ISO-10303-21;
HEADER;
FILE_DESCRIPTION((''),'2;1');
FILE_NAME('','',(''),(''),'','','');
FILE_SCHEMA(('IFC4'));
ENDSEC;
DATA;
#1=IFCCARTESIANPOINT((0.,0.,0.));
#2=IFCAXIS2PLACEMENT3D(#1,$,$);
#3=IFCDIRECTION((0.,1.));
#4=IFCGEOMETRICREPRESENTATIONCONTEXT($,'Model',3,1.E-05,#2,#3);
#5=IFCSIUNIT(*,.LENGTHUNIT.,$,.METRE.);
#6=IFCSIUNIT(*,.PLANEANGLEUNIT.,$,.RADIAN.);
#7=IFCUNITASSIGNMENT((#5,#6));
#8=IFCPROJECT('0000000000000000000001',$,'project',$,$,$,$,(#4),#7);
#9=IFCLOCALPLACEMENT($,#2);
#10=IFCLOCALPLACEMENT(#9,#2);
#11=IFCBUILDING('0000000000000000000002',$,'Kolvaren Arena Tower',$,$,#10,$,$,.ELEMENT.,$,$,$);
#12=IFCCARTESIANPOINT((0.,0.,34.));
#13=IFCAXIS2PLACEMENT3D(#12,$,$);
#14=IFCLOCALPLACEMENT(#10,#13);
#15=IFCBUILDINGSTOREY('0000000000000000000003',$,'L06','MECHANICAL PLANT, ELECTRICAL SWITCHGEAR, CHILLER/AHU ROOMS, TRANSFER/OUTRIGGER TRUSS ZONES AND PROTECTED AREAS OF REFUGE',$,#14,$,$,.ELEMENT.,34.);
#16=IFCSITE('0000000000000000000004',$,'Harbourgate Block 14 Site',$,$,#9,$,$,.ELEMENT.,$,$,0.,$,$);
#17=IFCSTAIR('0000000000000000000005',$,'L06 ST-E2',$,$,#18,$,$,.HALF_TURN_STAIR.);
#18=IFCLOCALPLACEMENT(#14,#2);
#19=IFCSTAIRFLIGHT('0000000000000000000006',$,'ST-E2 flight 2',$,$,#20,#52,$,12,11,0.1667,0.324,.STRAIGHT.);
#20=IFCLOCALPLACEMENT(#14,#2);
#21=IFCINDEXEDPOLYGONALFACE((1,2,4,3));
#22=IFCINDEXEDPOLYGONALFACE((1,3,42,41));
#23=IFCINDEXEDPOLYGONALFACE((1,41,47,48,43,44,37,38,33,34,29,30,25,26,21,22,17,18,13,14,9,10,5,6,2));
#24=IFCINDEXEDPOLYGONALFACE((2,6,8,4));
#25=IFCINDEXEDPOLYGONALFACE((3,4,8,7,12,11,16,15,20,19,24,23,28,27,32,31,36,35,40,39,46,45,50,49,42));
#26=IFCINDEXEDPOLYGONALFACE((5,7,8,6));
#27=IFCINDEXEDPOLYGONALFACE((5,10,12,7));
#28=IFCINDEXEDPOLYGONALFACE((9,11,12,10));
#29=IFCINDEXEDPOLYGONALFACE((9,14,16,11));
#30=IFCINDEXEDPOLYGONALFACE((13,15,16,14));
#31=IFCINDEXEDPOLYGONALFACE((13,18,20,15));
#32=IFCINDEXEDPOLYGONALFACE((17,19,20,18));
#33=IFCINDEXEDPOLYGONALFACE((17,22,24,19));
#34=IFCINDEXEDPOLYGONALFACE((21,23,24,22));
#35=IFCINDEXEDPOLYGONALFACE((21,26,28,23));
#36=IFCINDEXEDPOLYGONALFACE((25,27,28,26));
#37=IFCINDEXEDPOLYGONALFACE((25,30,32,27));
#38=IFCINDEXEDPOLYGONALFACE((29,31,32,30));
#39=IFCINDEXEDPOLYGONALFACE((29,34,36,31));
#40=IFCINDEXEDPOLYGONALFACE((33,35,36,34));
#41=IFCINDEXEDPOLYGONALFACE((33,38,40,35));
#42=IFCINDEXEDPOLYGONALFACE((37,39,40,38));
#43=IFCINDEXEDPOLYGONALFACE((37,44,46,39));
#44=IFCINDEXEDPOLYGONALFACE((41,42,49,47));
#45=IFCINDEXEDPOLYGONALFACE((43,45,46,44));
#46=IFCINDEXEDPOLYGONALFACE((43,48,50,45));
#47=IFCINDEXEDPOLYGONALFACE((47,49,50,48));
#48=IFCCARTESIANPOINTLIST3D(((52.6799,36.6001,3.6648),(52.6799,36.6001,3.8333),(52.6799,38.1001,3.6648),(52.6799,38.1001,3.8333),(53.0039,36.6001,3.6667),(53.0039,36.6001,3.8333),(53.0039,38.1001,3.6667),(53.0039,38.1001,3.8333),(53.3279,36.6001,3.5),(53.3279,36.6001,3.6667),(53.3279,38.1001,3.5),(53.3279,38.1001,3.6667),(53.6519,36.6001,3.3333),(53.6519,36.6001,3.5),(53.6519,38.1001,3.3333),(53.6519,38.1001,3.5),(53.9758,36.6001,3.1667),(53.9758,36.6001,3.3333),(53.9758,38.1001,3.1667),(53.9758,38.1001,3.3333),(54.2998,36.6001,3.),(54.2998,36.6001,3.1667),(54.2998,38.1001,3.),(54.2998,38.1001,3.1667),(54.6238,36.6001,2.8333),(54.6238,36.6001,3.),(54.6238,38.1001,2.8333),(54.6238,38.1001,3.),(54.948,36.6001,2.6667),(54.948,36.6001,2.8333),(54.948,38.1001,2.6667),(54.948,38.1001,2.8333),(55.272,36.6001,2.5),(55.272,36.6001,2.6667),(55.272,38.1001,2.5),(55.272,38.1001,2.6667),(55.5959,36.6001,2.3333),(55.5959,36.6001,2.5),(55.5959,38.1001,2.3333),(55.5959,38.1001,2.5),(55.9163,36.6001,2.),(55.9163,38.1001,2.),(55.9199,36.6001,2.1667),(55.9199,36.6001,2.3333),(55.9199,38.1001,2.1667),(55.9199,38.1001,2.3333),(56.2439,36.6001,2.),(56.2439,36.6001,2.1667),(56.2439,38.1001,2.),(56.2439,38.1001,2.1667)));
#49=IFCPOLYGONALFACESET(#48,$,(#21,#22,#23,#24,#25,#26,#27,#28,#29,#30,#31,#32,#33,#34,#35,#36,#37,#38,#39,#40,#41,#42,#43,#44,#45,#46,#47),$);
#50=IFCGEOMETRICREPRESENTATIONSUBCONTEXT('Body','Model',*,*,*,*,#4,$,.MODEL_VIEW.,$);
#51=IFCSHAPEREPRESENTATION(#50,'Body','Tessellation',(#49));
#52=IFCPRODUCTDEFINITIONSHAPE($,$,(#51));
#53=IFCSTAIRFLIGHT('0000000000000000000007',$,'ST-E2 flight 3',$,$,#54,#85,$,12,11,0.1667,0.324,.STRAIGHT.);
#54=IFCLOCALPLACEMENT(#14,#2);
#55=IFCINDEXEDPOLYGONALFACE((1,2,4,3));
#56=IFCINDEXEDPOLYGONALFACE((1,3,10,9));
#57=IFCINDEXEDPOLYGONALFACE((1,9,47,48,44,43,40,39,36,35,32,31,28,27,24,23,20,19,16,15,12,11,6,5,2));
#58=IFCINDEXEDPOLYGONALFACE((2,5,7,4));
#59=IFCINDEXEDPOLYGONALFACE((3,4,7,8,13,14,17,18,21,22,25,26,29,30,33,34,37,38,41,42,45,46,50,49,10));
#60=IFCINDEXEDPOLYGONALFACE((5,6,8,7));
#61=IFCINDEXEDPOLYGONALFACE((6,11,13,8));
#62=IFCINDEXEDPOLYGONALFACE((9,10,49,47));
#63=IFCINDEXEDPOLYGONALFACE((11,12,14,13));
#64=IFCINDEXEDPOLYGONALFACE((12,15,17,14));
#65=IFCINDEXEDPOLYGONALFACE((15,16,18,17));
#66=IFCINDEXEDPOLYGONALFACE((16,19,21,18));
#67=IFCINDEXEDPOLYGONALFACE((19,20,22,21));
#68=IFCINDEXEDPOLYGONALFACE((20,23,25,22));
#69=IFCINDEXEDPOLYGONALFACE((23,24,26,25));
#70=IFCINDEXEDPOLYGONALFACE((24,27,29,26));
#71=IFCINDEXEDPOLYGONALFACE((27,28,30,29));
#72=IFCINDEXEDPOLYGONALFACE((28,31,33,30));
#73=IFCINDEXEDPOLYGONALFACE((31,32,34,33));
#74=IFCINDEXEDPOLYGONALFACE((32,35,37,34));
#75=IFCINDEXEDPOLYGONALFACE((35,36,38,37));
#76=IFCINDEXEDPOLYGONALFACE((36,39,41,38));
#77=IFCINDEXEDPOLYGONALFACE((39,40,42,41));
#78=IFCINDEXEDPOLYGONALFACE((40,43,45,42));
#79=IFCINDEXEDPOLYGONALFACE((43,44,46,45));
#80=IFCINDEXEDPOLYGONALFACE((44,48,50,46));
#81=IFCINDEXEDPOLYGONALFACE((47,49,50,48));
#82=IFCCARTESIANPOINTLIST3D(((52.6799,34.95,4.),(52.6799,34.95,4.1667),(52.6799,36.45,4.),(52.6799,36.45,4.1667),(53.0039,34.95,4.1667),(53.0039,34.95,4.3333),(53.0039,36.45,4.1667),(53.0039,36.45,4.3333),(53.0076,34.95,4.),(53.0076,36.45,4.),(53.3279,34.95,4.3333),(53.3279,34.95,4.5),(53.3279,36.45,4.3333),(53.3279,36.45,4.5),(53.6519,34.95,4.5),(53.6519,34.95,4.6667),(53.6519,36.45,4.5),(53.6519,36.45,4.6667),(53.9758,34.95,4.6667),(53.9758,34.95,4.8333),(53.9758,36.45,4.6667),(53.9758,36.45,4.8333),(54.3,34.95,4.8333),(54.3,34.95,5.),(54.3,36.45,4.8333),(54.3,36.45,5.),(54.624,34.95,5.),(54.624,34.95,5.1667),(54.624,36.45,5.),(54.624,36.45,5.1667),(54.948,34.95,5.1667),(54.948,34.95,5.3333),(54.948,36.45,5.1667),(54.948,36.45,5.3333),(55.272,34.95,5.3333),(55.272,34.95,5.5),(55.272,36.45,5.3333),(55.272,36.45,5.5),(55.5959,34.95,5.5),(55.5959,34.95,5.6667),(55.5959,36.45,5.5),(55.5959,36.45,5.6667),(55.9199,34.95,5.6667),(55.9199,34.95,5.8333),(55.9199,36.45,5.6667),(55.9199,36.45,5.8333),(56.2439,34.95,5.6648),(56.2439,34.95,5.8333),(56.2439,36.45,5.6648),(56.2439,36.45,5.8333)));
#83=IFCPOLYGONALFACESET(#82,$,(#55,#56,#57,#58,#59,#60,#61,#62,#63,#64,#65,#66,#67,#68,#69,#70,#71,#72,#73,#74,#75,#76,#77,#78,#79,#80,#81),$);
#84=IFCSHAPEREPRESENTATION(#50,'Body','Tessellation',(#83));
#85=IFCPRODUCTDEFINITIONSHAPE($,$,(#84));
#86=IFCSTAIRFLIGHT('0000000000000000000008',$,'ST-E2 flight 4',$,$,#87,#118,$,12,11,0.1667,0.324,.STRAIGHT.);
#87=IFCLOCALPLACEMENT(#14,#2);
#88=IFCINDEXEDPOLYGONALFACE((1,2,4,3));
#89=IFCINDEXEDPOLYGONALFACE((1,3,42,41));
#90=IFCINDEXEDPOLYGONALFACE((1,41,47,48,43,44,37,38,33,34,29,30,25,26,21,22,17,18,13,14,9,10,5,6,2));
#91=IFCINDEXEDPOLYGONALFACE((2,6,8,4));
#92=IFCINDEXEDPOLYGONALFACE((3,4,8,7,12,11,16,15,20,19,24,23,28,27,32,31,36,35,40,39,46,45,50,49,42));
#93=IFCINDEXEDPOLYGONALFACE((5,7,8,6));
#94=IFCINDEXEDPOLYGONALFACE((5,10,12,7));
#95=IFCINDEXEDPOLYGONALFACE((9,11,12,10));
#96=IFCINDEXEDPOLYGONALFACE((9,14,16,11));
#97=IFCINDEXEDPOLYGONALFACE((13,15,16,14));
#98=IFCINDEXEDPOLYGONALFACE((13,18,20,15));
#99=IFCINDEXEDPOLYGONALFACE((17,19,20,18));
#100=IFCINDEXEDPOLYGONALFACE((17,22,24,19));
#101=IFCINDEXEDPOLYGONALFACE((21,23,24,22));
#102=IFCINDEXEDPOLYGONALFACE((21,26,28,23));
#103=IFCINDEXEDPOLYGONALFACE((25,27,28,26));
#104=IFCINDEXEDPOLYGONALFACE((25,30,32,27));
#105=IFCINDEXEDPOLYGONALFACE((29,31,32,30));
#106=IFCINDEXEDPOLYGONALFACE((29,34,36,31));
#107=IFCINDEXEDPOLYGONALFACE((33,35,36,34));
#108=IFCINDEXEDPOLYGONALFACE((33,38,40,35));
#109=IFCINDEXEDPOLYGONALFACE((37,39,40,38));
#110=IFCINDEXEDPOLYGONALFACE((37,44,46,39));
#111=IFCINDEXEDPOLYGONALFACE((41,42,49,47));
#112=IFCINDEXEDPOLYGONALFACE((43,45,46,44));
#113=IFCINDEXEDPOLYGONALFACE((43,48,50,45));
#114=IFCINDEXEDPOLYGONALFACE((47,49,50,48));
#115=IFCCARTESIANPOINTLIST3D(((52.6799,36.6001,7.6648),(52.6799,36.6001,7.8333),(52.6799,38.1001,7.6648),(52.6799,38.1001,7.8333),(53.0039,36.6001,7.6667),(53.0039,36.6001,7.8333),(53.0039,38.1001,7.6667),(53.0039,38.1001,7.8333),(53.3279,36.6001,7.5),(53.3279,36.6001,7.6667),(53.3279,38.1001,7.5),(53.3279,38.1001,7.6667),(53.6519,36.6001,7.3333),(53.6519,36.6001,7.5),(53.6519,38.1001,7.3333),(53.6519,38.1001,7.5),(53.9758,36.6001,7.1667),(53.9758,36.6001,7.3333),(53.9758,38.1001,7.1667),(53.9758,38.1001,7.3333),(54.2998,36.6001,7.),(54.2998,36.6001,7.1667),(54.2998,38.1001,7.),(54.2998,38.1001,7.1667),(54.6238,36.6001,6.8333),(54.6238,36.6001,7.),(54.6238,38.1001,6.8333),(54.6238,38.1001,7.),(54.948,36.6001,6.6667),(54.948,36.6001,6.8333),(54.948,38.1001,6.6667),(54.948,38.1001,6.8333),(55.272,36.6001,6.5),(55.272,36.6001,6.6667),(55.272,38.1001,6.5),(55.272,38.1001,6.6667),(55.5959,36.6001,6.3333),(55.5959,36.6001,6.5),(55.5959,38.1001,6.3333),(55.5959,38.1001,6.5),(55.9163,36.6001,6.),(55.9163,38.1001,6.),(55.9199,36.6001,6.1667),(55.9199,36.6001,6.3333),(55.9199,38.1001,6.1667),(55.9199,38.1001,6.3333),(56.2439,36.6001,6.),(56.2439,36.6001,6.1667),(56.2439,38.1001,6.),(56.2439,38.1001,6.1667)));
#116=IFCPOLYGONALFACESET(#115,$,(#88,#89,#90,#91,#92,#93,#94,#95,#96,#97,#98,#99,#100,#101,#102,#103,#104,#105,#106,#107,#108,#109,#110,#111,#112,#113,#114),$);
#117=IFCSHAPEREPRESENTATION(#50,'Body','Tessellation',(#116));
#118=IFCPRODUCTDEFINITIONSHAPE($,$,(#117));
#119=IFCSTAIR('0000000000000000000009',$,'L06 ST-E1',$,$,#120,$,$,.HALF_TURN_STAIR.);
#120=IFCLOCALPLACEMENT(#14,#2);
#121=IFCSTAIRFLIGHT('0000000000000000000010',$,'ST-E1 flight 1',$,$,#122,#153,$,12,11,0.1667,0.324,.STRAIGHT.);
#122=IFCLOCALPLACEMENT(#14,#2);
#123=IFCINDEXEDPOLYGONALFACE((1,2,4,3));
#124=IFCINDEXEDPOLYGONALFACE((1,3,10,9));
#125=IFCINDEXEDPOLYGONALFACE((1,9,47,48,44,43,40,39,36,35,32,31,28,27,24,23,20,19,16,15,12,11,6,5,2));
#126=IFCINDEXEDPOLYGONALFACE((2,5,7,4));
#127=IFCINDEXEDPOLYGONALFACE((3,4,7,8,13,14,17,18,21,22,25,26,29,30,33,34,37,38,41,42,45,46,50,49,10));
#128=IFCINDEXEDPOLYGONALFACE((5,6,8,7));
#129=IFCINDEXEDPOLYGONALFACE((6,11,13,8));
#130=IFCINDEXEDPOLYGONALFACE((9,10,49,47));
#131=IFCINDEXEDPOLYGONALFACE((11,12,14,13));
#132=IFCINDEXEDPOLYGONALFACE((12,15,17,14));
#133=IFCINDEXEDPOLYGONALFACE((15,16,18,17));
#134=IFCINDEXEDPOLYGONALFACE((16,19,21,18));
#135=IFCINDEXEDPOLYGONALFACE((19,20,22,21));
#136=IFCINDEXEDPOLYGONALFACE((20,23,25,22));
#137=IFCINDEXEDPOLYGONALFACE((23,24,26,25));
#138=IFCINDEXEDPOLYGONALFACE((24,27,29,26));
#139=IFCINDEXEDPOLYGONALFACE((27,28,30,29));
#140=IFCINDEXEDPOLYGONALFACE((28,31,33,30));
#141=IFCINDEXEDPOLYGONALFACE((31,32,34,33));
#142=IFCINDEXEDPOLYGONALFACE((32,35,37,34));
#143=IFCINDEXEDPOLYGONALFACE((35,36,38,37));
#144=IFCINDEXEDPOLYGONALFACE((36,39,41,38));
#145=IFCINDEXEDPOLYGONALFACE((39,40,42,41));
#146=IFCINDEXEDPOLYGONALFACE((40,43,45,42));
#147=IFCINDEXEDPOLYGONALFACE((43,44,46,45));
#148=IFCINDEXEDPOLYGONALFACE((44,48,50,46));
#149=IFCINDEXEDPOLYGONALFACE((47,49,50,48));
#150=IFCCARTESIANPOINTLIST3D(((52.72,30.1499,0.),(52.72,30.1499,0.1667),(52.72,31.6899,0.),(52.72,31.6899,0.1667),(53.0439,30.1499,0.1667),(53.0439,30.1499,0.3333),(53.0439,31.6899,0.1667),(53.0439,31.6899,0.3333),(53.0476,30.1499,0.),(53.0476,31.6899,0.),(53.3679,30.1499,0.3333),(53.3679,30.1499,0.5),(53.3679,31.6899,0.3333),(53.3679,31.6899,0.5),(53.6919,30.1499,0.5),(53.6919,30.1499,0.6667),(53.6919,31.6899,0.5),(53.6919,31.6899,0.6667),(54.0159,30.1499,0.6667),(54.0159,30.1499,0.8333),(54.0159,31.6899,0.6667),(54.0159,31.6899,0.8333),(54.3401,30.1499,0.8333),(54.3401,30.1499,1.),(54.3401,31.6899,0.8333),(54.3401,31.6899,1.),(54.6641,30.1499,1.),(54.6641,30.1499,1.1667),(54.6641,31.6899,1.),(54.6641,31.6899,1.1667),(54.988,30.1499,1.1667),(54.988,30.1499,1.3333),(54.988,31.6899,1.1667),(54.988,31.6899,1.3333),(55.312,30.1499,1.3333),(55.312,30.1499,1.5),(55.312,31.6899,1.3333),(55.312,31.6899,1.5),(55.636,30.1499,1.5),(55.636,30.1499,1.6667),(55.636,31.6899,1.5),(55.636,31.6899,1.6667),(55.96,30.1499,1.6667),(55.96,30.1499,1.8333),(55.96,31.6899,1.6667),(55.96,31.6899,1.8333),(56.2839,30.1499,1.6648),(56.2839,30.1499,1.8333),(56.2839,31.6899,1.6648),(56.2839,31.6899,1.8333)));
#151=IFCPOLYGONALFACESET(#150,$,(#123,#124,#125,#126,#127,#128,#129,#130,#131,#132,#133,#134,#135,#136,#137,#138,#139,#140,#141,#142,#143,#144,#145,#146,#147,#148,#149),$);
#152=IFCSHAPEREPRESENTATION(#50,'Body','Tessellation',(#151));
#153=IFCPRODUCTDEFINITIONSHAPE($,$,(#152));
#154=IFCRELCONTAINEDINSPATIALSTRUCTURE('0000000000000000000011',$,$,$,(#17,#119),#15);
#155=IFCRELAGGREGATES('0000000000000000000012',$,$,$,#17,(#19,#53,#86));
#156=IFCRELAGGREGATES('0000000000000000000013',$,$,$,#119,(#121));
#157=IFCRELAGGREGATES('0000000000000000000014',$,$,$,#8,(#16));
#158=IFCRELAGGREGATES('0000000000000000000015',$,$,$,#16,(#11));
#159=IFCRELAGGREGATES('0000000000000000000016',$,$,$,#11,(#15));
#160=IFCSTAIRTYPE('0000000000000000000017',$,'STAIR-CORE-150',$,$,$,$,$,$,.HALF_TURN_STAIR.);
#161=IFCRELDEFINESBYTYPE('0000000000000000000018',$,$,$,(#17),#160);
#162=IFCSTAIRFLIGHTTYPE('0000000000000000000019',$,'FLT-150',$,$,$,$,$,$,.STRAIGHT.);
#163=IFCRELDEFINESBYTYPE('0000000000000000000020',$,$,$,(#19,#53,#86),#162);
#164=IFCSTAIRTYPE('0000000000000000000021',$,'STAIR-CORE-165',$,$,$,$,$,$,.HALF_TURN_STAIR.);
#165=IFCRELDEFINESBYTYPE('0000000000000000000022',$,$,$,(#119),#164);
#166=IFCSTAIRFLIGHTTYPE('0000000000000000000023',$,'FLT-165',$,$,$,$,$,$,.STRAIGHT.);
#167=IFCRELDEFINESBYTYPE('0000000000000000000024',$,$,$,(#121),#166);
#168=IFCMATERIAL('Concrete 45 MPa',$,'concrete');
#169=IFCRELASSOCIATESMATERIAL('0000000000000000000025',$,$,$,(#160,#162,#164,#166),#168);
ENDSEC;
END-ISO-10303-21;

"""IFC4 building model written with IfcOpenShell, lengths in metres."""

from ifc_helpers import new_model, si_unit, direction, frame, origin, place, context, subcontext, project, spatial, polyline, outline, extrude, material, type_object, element, aggregate, save


model = new_model("IFC4")

# Units and contexts
model_context = context("Model", 3, precision=1e-05, world=origin(), true_north=direction((0.0, 1.0)))
body_context = subcontext(model_context, "Body", "Model", "MODEL_VIEW")
ifc_project = project(units=[si_unit("LENGTHUNIT", "METRE"), si_unit("PLANEANGLEUNIT", "RADIAN")], contexts=[model_context])

# Site, building, storey
site_placement = place(None, origin())
site = spatial("IfcSite", under=ifc_project, at=site_placement, Name="Harbourgate Block 14 Site", CompositionType="ELEMENT", RefElevation=0.0)
building_placement = place(site_placement, origin())
building = spatial("IfcBuilding", under=site, at=building_placement, Name="Kolvaren Arena Tower", CompositionType="ELEMENT")
storey_placement = place(building_placement, frame((0.0, 0.0, 34.0)))
storey = spatial("IfcBuildingStorey", under=building, at=storey_placement, Name="L06", Description="MECHANICAL PLANT, ELECTRICAL SWITCHGEAR, CHILLER/AHU ROOMS, TRANSFER/OUTRIGGER TRUSS ZONES AND PROTECTED AREAS OF REFUGE", CompositionType="ELEMENT", Elevation=34.0)

# Shared definitions
ifc_material_1 = material(Name="Concrete 45 MPa", Category="concrete")

# Stairs, stair flights
stair_type_1 = type_object("IfcStairType", Name="STAIR-CORE-150", PredefinedType="HALF_TURN_STAIR", material=ifc_material_1)
stair_1_placement = place(storey_placement, origin())
stair_1 = element("IfcStair", 1, at=stair_1_placement, inside=storey, type_object=stair_type_1, Name="L06 ST-E2", PredefinedType="HALF_TURN_STAIR")
stair_flight_type_1 = type_object("IfcStairFlightType", Name="FLT-150", PredefinedType="STRAIGHT", material=ifc_material_1)
stair_flight_1_placement = place(storey_placement, frame((56.2439, 37.3501, 2.0), z_axis=(0.0, 0.0, 1.0), x_axis=(-1.0, 0.0, 0.0)))
stair_flight_1 = element("IfcStairFlight", 2, at=stair_flight_1_placement, type_object=stair_flight_type_1, Name="ST-E2 flight 2", NumberOfRisers=12, NumberOfTreads=11, PredefinedType="STRAIGHT", RiserHeight=0.1667, TreadLength=0.324, context=body_context, shape_type="SweptSolid", body=[
    extrude(outline(polyline([(0.0, 0.0), (0.0, 0.1667), (0.324, 0.1667), (0.324, 0.3333), (0.6479, 0.3333), (0.6479, 0.5), (0.9719, 0.5), (0.9719, 0.6667), (1.2959, 0.6667), (1.2959, 0.8333), (1.6201, 0.8333), (1.6201, 1.0), (1.9441, 1.0), (1.9441, 1.1667), (2.2681, 1.1667), (2.2681, 1.3333), (2.592, 1.3333), (2.592, 1.5), (2.916, 1.5), (2.916, 1.6667), (3.24, 1.6667), (3.24, 1.8333), (3.564, 1.8333), (3.564, 2.0), (3.564, 1.6648), (0.3276, 0.0), (0.0, 0.0)])), frame((0.0, 0.75, 0.0), z_axis=(0.0, -1.0, 0.0), x_axis=(1.0, 0.0, 0.0)), (0.0, 0.0, 1.0), 1.5),
])
stair_flight_2_placement = place(storey_placement, frame((52.6799, 35.7, 4.0), z_axis=(0.0, 0.0, 1.0), x_axis=(1.0, 0.0, 0.0)))
stair_flight_2 = element("IfcStairFlight", 3, at=stair_flight_2_placement, type_object=stair_flight_type_1, Name="ST-E2 flight 3", NumberOfRisers=12, NumberOfTreads=11, PredefinedType="STRAIGHT", RiserHeight=0.1667, TreadLength=0.324, context=body_context, shape_type="SweptSolid", body=[
    extrude(outline(polyline([(0.0, 0.0), (0.0, 0.1667), (0.324, 0.1667), (0.324, 0.3333), (0.6479, 0.3333), (0.6479, 0.5), (0.9719, 0.5), (0.9719, 0.6667), (1.2959, 0.6667), (1.2959, 0.8333), (1.6201, 0.8333), (1.6201, 1.0), (1.9441, 1.0), (1.9441, 1.1667), (2.2681, 1.1667), (2.2681, 1.3333), (2.592, 1.3333), (2.592, 1.5), (2.916, 1.5), (2.916, 1.6667), (3.24, 1.6667), (3.24, 1.8333), (3.564, 1.8333), (3.564, 2.0), (3.564, 1.6648), (0.3276, 0.0), (0.0, 0.0)])), frame((0.0, 0.75, 0.0), z_axis=(0.0, -1.0, 0.0), x_axis=(1.0, 0.0, 0.0)), (0.0, 0.0, 1.0), 1.5),
])
stair_flight_3_placement = place(storey_placement, frame((56.2439, 37.3501, 6.0), z_axis=(0.0, 0.0, 1.0), x_axis=(-1.0, 0.0, 0.0)))
stair_flight_3 = element("IfcStairFlight", 4, at=stair_flight_3_placement, type_object=stair_flight_type_1, Name="ST-E2 flight 4", NumberOfRisers=12, NumberOfTreads=11, PredefinedType="STRAIGHT", RiserHeight=0.1667, TreadLength=0.324, context=body_context, shape_type="SweptSolid", body=[
    extrude(outline(polyline([(0.0, 0.0), (0.0, 0.1667), (0.324, 0.1667), (0.324, 0.3333), (0.6479, 0.3333), (0.6479, 0.5), (0.9719, 0.5), (0.9719, 0.6667), (1.2959, 0.6667), (1.2959, 0.8333), (1.6201, 0.8333), (1.6201, 1.0), (1.9441, 1.0), (1.9441, 1.1667), (2.2681, 1.1667), (2.2681, 1.3333), (2.592, 1.3333), (2.592, 1.5), (2.916, 1.5), (2.916, 1.6667), (3.24, 1.6667), (3.24, 1.8333), (3.564, 1.8333), (3.564, 2.0), (3.564, 1.6648), (0.3276, 0.0), (0.0, 0.0)])), frame((0.0, 0.75, 0.0), z_axis=(0.0, -1.0, 0.0), x_axis=(1.0, 0.0, 0.0)), (0.0, 0.0, 1.0), 1.5),
])
aggregate(stair_1, [stair_flight_1, stair_flight_2, stair_flight_3])
stair_type_2 = type_object("IfcStairType", Name="STAIR-CORE-165", PredefinedType="HALF_TURN_STAIR", material=ifc_material_1)
stair_2_placement = place(storey_placement, origin())
stair_2 = element("IfcStair", 5, at=stair_2_placement, inside=storey, type_object=stair_type_2, Name="L06 ST-E1", PredefinedType="HALF_TURN_STAIR")
stair_flight_type_2 = type_object("IfcStairFlightType", Name="FLT-165", PredefinedType="STRAIGHT", material=ifc_material_1)
stair_flight_4_placement = place(storey_placement, frame((52.72, 30.9199, 0.0), z_axis=(0.0, 0.0, 1.0), x_axis=(1.0, 0.0, 0.0)))
stair_flight_4 = element("IfcStairFlight", 6, at=stair_flight_4_placement, type_object=stair_flight_type_2, Name="ST-E1 flight 1", NumberOfRisers=12, NumberOfTreads=11, PredefinedType="STRAIGHT", RiserHeight=0.1667, TreadLength=0.324, context=body_context, shape_type="SweptSolid", body=[
    extrude(outline(polyline([(0.0, 0.0), (0.0, 0.1667), (0.324, 0.1667), (0.324, 0.3333), (0.6479, 0.3333), (0.6479, 0.5), (0.9719, 0.5), (0.9719, 0.6667), (1.2959, 0.6667), (1.2959, 0.8333), (1.6201, 0.8333), (1.6201, 1.0), (1.9441, 1.0), (1.9441, 1.1667), (2.2681, 1.1667), (2.2681, 1.3333), (2.592, 1.3333), (2.592, 1.5), (2.916, 1.5), (2.916, 1.6667), (3.24, 1.6667), (3.24, 1.8333), (3.564, 1.8333), (3.564, 2.0), (3.564, 1.6648), (0.3276, 0.0), (0.0, 0.0)])), frame((0.0, 0.77, 0.0), z_axis=(0.0, -1.0, 0.0), x_axis=(1.0, 0.0, 0.0)), (0.0, 0.0, 1.0), 1.54),
])
aggregate(stair_2, [stair_flight_4])

save(model, "model.ifc")
